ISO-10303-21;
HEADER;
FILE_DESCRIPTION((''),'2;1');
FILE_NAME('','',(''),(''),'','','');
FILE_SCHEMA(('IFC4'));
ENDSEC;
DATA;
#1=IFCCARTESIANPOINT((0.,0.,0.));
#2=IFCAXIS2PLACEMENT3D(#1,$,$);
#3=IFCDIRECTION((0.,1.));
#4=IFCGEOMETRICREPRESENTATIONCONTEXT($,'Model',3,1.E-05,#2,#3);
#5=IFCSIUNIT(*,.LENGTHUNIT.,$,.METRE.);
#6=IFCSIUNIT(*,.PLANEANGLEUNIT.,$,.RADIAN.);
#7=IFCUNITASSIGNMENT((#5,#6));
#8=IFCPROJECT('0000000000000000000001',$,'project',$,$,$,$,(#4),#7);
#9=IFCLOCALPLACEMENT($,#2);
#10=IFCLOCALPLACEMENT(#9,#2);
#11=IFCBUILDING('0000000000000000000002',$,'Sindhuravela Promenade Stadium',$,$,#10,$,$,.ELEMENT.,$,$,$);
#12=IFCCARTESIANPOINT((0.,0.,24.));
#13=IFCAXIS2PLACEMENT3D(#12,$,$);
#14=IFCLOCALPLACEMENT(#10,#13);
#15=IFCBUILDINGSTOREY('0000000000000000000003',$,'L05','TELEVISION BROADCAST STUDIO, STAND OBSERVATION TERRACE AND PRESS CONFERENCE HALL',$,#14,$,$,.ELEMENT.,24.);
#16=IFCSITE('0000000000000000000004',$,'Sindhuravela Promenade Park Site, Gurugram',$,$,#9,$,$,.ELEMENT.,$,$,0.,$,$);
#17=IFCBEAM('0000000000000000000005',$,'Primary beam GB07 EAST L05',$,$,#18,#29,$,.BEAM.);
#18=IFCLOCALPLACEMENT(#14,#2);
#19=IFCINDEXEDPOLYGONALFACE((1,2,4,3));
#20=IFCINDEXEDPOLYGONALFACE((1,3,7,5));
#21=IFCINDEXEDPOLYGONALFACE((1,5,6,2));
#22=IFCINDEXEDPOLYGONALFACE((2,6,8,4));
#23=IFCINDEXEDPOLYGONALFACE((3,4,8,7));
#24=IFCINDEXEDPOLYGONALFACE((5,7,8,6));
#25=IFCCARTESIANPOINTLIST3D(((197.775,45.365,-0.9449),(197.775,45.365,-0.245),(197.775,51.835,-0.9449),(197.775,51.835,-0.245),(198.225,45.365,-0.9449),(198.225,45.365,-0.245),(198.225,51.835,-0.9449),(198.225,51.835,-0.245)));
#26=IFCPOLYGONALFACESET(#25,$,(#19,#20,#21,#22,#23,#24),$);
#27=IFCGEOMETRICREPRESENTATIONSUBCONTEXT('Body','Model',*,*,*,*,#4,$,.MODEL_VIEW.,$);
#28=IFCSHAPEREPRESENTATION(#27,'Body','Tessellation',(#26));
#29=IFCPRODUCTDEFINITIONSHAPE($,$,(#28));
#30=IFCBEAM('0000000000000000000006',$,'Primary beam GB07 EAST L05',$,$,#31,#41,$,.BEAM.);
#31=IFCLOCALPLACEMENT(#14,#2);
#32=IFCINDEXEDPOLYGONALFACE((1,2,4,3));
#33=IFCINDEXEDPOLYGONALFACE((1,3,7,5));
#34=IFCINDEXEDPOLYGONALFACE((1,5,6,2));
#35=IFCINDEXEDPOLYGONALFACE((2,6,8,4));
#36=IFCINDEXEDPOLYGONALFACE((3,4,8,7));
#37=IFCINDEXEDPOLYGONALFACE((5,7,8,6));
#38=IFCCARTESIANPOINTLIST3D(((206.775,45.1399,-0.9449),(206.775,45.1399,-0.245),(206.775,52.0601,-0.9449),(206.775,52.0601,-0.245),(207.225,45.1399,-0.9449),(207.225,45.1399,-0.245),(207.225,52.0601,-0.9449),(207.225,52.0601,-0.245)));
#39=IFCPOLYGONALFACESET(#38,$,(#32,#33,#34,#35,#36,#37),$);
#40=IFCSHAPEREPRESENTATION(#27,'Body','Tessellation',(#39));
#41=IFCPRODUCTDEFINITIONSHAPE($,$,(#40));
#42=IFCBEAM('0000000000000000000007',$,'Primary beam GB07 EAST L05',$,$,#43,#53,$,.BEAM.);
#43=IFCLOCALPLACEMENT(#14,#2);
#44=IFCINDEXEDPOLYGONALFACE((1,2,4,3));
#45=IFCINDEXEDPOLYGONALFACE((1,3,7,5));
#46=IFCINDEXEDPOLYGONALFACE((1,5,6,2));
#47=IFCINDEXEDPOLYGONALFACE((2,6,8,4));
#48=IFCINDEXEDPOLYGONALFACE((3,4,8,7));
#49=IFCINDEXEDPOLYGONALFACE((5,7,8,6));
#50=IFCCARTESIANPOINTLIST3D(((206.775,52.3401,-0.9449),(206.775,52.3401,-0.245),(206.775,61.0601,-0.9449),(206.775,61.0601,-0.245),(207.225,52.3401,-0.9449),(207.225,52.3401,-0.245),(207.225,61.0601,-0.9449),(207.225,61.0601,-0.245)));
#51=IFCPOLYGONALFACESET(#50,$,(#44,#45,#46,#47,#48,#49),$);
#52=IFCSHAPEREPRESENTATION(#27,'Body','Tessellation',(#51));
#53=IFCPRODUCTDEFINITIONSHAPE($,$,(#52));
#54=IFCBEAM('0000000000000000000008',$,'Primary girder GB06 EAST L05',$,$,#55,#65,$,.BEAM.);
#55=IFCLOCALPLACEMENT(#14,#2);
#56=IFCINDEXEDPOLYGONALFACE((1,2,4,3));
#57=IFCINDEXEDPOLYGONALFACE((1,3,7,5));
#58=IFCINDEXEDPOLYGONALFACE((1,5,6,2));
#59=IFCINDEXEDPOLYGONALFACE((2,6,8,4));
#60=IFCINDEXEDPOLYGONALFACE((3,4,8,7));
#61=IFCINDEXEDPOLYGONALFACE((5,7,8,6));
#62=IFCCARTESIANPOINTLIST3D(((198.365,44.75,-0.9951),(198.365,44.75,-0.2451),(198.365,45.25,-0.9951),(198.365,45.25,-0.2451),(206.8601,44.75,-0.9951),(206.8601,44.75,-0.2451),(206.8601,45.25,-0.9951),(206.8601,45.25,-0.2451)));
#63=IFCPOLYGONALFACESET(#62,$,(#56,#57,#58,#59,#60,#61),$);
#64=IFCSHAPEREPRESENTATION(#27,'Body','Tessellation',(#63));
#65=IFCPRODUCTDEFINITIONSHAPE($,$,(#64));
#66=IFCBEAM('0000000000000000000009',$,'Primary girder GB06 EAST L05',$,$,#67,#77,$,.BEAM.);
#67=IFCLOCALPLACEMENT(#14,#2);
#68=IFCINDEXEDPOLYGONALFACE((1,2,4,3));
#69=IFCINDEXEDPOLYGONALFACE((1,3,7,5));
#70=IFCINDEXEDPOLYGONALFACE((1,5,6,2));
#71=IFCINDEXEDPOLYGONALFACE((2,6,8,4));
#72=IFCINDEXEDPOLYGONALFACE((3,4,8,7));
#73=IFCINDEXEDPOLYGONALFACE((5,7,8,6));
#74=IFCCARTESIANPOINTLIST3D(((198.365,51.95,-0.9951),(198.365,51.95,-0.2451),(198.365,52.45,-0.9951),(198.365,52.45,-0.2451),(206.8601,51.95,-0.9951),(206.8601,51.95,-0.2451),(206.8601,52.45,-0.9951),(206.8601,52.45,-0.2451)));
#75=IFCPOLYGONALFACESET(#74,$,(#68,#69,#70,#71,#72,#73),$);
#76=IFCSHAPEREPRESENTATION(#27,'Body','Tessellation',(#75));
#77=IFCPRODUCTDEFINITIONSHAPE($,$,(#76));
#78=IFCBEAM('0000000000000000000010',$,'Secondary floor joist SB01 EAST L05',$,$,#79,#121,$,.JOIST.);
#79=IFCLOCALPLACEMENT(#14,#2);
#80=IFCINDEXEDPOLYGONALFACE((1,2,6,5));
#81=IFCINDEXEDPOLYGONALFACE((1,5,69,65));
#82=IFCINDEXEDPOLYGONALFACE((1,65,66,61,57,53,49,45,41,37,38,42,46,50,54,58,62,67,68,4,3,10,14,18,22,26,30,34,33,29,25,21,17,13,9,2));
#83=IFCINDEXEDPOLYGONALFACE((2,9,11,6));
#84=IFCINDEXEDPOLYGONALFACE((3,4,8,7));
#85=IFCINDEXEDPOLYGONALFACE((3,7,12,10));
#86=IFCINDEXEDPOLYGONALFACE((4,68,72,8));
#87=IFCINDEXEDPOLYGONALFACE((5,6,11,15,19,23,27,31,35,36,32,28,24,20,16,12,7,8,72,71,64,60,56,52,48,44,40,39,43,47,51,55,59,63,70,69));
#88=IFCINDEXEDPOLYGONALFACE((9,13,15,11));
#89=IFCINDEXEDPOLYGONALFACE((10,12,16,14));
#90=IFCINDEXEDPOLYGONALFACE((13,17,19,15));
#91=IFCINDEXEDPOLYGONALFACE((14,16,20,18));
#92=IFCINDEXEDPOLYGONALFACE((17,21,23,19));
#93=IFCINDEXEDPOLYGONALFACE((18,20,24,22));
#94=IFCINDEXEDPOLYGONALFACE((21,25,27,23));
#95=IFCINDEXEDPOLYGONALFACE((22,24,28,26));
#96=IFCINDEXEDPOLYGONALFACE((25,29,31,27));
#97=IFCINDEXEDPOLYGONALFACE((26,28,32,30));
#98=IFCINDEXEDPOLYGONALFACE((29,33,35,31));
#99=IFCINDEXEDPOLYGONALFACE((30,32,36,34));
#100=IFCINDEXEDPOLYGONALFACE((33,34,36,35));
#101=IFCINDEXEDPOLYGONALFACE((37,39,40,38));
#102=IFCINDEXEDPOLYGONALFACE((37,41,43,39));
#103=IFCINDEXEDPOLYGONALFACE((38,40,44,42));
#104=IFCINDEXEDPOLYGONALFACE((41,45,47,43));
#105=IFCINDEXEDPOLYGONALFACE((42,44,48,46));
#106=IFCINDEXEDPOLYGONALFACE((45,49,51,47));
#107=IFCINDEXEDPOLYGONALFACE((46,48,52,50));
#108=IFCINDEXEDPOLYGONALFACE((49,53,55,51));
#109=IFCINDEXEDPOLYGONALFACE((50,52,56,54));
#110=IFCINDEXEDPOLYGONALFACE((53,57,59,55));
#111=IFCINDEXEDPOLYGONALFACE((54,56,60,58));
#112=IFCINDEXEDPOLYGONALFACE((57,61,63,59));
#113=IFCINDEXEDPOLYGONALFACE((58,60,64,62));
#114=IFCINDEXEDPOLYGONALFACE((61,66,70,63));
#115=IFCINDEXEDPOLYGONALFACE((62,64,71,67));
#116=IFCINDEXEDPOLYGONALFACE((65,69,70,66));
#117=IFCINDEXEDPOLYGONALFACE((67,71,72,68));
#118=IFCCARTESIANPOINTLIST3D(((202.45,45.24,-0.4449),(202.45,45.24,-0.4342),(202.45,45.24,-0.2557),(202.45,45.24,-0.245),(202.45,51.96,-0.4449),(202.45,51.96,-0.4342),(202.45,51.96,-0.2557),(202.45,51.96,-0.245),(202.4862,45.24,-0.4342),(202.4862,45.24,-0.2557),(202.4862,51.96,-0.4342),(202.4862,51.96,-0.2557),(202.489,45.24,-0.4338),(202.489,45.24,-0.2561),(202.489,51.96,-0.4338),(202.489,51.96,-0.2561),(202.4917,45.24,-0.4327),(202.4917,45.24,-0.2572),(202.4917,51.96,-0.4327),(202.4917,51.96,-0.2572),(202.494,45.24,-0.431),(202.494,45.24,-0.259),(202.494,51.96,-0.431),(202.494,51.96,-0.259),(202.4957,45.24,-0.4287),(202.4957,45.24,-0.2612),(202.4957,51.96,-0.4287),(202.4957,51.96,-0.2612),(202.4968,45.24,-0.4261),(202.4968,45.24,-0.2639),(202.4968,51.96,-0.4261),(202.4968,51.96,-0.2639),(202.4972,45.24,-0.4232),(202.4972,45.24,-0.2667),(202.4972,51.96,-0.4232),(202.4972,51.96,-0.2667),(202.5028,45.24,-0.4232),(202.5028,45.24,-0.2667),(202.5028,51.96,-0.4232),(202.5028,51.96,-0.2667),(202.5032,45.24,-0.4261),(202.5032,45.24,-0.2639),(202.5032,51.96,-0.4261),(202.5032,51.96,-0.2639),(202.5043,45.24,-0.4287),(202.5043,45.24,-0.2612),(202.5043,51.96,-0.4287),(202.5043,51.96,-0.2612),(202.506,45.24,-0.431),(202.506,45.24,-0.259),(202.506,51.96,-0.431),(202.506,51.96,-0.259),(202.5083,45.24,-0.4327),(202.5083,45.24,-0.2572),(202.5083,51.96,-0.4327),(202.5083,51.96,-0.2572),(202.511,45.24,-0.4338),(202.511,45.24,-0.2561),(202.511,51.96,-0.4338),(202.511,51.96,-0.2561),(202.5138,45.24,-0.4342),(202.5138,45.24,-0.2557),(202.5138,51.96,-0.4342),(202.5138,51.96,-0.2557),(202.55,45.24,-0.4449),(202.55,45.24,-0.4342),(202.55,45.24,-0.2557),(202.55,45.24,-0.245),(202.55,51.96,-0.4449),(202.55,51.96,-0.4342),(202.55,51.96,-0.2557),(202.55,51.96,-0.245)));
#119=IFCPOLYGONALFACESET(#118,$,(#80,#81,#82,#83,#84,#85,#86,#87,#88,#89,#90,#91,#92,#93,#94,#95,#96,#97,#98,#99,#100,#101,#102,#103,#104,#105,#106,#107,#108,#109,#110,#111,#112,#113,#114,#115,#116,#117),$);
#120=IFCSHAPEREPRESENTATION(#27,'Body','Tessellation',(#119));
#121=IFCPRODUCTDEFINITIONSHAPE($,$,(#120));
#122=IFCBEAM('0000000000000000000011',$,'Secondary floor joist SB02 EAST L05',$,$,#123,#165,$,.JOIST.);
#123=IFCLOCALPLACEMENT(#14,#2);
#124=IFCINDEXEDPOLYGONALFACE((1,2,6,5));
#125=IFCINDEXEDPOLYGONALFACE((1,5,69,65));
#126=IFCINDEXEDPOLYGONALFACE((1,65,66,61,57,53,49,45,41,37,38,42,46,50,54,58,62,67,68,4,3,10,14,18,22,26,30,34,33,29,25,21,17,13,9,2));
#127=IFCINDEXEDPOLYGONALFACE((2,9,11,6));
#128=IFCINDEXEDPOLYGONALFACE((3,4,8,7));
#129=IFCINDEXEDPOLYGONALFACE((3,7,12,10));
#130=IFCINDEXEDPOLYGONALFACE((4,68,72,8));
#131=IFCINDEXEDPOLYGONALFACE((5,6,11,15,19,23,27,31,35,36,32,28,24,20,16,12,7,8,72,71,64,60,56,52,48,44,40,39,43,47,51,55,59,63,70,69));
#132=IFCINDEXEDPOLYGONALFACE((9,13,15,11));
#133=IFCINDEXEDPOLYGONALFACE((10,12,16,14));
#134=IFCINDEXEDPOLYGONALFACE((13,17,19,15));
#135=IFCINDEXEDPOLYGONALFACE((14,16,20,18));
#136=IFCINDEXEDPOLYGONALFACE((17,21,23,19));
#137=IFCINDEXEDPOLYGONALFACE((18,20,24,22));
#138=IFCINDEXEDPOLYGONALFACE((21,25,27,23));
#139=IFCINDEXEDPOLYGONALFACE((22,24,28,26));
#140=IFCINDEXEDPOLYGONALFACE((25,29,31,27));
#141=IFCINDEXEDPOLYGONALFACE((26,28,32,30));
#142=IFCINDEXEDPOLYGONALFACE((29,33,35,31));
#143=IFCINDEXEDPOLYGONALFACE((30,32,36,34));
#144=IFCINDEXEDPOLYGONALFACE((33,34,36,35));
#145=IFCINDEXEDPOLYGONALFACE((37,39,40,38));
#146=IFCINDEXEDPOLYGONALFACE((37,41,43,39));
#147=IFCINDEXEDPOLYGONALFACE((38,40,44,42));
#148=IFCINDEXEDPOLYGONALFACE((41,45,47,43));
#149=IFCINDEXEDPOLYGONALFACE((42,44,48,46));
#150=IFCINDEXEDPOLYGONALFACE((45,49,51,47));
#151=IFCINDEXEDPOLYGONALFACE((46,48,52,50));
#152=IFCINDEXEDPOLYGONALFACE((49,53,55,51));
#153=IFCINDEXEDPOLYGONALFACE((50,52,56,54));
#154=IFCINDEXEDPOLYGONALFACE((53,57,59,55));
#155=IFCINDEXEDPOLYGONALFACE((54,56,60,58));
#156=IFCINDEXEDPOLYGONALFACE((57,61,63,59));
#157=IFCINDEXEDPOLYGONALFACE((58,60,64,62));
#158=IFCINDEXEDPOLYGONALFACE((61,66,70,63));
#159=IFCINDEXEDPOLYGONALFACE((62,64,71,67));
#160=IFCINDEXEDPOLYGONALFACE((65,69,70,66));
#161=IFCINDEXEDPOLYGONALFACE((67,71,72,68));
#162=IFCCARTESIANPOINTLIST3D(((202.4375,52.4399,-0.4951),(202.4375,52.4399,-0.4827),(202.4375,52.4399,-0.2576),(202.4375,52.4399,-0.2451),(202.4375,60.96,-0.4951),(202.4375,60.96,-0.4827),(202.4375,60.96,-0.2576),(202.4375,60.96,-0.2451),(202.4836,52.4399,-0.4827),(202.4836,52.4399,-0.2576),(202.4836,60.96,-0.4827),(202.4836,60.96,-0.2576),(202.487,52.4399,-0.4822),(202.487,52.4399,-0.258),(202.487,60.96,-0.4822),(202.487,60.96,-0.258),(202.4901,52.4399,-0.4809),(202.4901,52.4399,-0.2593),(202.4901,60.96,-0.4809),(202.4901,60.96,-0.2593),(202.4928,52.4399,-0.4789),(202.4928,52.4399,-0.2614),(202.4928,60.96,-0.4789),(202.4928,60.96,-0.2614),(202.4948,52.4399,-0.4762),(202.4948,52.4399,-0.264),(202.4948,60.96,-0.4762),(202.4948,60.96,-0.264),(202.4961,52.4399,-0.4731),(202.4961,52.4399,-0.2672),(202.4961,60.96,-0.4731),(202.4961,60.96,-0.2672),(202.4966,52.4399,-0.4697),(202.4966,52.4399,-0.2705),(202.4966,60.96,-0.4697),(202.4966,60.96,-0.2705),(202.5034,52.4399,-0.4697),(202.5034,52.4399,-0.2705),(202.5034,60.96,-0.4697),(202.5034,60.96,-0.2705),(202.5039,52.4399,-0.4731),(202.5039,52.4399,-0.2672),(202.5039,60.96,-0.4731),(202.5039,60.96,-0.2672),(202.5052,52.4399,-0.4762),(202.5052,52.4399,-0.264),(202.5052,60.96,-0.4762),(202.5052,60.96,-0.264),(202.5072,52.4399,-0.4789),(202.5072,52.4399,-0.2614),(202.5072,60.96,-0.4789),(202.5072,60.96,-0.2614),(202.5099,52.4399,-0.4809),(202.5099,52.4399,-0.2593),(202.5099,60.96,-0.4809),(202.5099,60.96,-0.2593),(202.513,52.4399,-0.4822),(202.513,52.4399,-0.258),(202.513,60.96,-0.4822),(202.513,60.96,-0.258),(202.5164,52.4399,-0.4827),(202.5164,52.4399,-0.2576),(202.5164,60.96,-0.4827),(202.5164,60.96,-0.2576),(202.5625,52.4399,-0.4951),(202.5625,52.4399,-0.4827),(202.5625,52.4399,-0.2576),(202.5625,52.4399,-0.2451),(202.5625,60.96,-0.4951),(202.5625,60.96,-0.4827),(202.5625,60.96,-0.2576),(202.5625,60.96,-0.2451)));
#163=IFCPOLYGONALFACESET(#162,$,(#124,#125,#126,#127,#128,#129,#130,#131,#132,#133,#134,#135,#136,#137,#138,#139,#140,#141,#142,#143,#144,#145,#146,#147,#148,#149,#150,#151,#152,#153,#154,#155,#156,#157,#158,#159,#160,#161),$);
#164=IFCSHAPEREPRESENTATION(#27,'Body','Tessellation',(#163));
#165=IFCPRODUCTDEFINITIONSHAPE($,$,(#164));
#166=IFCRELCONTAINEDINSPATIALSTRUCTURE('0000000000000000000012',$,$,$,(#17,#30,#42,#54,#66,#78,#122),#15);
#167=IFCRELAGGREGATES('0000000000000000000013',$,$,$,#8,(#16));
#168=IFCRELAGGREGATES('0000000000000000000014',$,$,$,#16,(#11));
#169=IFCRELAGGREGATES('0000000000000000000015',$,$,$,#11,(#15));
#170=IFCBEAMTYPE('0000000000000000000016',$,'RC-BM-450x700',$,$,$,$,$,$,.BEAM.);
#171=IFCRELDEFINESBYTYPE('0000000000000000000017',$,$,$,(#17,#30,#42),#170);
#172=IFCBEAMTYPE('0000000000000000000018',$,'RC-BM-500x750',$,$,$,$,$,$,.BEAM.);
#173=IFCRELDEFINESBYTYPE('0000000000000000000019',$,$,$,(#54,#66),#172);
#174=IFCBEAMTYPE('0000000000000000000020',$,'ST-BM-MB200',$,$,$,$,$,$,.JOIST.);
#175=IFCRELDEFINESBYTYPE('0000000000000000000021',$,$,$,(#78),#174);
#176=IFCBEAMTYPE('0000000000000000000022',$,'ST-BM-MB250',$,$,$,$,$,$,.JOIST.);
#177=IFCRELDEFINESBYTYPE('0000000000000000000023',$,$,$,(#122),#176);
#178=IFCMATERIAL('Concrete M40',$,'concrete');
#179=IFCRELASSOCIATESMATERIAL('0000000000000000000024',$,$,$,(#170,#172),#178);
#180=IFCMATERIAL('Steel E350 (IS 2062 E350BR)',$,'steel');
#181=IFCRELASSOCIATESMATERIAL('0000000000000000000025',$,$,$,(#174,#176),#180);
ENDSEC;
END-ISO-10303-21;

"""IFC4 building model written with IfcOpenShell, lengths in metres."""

from ifc_helpers import new_model, si_unit, direction, frame, origin, origin_2d, place, context, subcontext, project, spatial, rectangle, i_section, extrude, material, material_profile, profile_set, type_object, element, save


model = new_model("IFC4")

# Units and contexts
model_context = context("Model", 3, precision=1e-05, world=origin(), true_north=direction((0.0, 1.0)))
body_context = subcontext(model_context, "Body", "Model", "MODEL_VIEW")
ifc_project = project(units=[si_unit("LENGTHUNIT", "METRE"), si_unit("PLANEANGLEUNIT", "RADIAN")], contexts=[model_context])

# Site, building, storey
site_placement = place(None, origin())
site = spatial("IfcSite", under=ifc_project, at=site_placement, Name="Sindhuravela Promenade Park Site, Gurugram", CompositionType="ELEMENT", RefElevation=0.0)
building_placement = place(site_placement, origin())
building = spatial("IfcBuilding", under=site, at=building_placement, Name="Sindhuravela Promenade Stadium", CompositionType="ELEMENT")
storey_placement = place(building_placement, frame((0.0, 0.0, 24.0)))
storey = spatial("IfcBuildingStorey", under=building, at=storey_placement, Name="L05", Description="TELEVISION BROADCAST STUDIO, STAND OBSERVATION TERRACE AND PRESS CONFERENCE HALL", CompositionType="ELEMENT", Elevation=24.0)

# Beams
ifc_material_1 = material(Name="Concrete M40", Category="concrete")
ifc_material_profile_1 = material_profile(ifc_material_1, rectangle(XDim=0.45, YDim=0.7, at=origin_2d()), Name="RC 450x700")
ifc_profile_set_1 = profile_set([ifc_material_profile_1], Name="Concrete M40")
beam_type_1 = type_object("IfcBeamType", Name="RC-BM-450x700", PredefinedType="BEAM", material=ifc_profile_set_1)
beam_1_placement = place(storey_placement, frame((198.0, 45.365, -0.595), z_axis=(0.0, 1.0, 0.0), x_axis=(-1.0, 0.0, 0.0)))
element("IfcBeam", 1, at=beam_1_placement, inside=storey, type_object=beam_type_1, Name="Primary beam GB07 EAST L05", PredefinedType="BEAM", context=body_context, shape_type="SweptSolid", body=[
    extrude(rectangle(XDim=0.45, YDim=0.7, at=origin_2d()), origin(), (0.0, 0.0, 1.0), 6.47),
])
beam_2_placement = place(storey_placement, frame((207.0, 45.1399, -0.595), z_axis=(0.0, 1.0, 0.0), x_axis=(-1.0, 0.0, 0.0)))
element("IfcBeam", 2, at=beam_2_placement, inside=storey, type_object=beam_type_1, Name="Primary beam GB07 EAST L05", PredefinedType="BEAM", context=body_context, shape_type="SweptSolid", body=[
    extrude(rectangle(XDim=0.45, YDim=0.7, at=origin_2d()), origin(), (0.0, 0.0, 1.0), 6.9202),
])
beam_3_placement = place(storey_placement, frame((207.0, 52.3401, -0.595), z_axis=(0.0, 1.0, 0.0), x_axis=(-1.0, 0.0, 0.0)))
element("IfcBeam", 3, at=beam_3_placement, inside=storey, type_object=beam_type_1, Name="Primary beam GB07 EAST L05", PredefinedType="BEAM", context=body_context, shape_type="SweptSolid", body=[
    extrude(rectangle(XDim=0.45, YDim=0.7, at=origin_2d()), origin(), (0.0, 0.0, 1.0), 8.72),
])
ifc_material_profile_2 = material_profile(ifc_material_1, rectangle(XDim=0.5, YDim=0.75, at=origin_2d()), Name="RC 500x750")
ifc_profile_set_2 = profile_set([ifc_material_profile_2], Name="Concrete M40")
beam_type_2 = type_object("IfcBeamType", Name="RC-BM-500x750", PredefinedType="BEAM", material=ifc_profile_set_2)
for number, where, z_axis, x_axis, name in (
    (4, (198.365, 45.0, -0.6201), (1.0, 0.0, 0.0), (0.0, 1.0, 0.0), "Primary girder GB06 EAST L05"),
    (5, (198.365, 52.2, -0.6201), (1.0, 0.0, 0.0), (0.0, 1.0, 0.0), "Primary girder GB06 EAST L05"),
):
    element("IfcBeam", number, at=place(storey_placement, frame(where, z_axis=z_axis, x_axis=x_axis)), inside=storey, type_object=beam_type_2, Name=name, PredefinedType="BEAM", context=body_context, shape_type="SweptSolid", body=[
        extrude(rectangle(XDim=0.5, YDim=0.75, at=origin_2d()), origin(), (0.0, 0.0, 1.0), 8.4951),
    ])
ifc_material_2 = material(Name="Steel E350 (IS 2062 E350BR)", Category="steel")
ifc_material_profile_3 = material_profile(ifc_material_2, i_section(OverallWidth=0.1001, OverallDepth=0.2, WebThickness=0.0056, FlangeThickness=0.0107, FilletRadius=0.011, at=origin_2d()), Name="ISMB 200")
ifc_profile_set_3 = profile_set([ifc_material_profile_3], Name="Steel E350 (IS 2062 E350BR)")
beam_type_3 = type_object("IfcBeamType", Name="ST-BM-MB200", PredefinedType="JOIST", material=ifc_profile_set_3)
beam_4_placement = place(storey_placement, frame((202.5, 45.24, -0.345), z_axis=(0.0, 1.0, 0.0), x_axis=(-1.0, 0.0, 0.0)))
element("IfcBeam", 6, at=beam_4_placement, inside=storey, type_object=beam_type_3, Name="Secondary floor joist SB01 EAST L05", PredefinedType="JOIST", context=body_context, shape_type="SweptSolid", body=[
    extrude(i_section(OverallWidth=0.1001, OverallDepth=0.2, WebThickness=0.0056, FlangeThickness=0.0107, FilletRadius=0.011, at=origin_2d()), origin(), (0.0, 0.0, 1.0), 6.72),
])
ifc_material_profile_4 = material_profile(ifc_material_2, i_section(OverallWidth=0.125, OverallDepth=0.25, WebThickness=0.0068, FlangeThickness=0.0125, FilletRadius=0.0129, at=origin_2d()), Name="ISMB 250")
ifc_profile_set_4 = profile_set([ifc_material_profile_4], Name="Steel E350 (IS 2062 E350BR)")
beam_type_4 = type_object("IfcBeamType", Name="ST-BM-MB250", PredefinedType="JOIST", material=ifc_profile_set_4)
beam_5_placement = place(storey_placement, frame((202.5, 52.4399, -0.3701), z_axis=(0.0, 1.0, 0.0), x_axis=(-1.0, 0.0, 0.0)))
element("IfcBeam", 7, at=beam_5_placement, inside=storey, type_object=beam_type_4, Name="Secondary floor joist SB02 EAST L05", PredefinedType="JOIST", context=body_context, shape_type="SweptSolid", body=[
    extrude(i_section(OverallWidth=0.125, OverallDepth=0.25, WebThickness=0.0068, FlangeThickness=0.0125, FilletRadius=0.0129, at=origin_2d()), origin(), (0.0, 0.0, 1.0), 8.52),
])

save(model, "model.ifc")
